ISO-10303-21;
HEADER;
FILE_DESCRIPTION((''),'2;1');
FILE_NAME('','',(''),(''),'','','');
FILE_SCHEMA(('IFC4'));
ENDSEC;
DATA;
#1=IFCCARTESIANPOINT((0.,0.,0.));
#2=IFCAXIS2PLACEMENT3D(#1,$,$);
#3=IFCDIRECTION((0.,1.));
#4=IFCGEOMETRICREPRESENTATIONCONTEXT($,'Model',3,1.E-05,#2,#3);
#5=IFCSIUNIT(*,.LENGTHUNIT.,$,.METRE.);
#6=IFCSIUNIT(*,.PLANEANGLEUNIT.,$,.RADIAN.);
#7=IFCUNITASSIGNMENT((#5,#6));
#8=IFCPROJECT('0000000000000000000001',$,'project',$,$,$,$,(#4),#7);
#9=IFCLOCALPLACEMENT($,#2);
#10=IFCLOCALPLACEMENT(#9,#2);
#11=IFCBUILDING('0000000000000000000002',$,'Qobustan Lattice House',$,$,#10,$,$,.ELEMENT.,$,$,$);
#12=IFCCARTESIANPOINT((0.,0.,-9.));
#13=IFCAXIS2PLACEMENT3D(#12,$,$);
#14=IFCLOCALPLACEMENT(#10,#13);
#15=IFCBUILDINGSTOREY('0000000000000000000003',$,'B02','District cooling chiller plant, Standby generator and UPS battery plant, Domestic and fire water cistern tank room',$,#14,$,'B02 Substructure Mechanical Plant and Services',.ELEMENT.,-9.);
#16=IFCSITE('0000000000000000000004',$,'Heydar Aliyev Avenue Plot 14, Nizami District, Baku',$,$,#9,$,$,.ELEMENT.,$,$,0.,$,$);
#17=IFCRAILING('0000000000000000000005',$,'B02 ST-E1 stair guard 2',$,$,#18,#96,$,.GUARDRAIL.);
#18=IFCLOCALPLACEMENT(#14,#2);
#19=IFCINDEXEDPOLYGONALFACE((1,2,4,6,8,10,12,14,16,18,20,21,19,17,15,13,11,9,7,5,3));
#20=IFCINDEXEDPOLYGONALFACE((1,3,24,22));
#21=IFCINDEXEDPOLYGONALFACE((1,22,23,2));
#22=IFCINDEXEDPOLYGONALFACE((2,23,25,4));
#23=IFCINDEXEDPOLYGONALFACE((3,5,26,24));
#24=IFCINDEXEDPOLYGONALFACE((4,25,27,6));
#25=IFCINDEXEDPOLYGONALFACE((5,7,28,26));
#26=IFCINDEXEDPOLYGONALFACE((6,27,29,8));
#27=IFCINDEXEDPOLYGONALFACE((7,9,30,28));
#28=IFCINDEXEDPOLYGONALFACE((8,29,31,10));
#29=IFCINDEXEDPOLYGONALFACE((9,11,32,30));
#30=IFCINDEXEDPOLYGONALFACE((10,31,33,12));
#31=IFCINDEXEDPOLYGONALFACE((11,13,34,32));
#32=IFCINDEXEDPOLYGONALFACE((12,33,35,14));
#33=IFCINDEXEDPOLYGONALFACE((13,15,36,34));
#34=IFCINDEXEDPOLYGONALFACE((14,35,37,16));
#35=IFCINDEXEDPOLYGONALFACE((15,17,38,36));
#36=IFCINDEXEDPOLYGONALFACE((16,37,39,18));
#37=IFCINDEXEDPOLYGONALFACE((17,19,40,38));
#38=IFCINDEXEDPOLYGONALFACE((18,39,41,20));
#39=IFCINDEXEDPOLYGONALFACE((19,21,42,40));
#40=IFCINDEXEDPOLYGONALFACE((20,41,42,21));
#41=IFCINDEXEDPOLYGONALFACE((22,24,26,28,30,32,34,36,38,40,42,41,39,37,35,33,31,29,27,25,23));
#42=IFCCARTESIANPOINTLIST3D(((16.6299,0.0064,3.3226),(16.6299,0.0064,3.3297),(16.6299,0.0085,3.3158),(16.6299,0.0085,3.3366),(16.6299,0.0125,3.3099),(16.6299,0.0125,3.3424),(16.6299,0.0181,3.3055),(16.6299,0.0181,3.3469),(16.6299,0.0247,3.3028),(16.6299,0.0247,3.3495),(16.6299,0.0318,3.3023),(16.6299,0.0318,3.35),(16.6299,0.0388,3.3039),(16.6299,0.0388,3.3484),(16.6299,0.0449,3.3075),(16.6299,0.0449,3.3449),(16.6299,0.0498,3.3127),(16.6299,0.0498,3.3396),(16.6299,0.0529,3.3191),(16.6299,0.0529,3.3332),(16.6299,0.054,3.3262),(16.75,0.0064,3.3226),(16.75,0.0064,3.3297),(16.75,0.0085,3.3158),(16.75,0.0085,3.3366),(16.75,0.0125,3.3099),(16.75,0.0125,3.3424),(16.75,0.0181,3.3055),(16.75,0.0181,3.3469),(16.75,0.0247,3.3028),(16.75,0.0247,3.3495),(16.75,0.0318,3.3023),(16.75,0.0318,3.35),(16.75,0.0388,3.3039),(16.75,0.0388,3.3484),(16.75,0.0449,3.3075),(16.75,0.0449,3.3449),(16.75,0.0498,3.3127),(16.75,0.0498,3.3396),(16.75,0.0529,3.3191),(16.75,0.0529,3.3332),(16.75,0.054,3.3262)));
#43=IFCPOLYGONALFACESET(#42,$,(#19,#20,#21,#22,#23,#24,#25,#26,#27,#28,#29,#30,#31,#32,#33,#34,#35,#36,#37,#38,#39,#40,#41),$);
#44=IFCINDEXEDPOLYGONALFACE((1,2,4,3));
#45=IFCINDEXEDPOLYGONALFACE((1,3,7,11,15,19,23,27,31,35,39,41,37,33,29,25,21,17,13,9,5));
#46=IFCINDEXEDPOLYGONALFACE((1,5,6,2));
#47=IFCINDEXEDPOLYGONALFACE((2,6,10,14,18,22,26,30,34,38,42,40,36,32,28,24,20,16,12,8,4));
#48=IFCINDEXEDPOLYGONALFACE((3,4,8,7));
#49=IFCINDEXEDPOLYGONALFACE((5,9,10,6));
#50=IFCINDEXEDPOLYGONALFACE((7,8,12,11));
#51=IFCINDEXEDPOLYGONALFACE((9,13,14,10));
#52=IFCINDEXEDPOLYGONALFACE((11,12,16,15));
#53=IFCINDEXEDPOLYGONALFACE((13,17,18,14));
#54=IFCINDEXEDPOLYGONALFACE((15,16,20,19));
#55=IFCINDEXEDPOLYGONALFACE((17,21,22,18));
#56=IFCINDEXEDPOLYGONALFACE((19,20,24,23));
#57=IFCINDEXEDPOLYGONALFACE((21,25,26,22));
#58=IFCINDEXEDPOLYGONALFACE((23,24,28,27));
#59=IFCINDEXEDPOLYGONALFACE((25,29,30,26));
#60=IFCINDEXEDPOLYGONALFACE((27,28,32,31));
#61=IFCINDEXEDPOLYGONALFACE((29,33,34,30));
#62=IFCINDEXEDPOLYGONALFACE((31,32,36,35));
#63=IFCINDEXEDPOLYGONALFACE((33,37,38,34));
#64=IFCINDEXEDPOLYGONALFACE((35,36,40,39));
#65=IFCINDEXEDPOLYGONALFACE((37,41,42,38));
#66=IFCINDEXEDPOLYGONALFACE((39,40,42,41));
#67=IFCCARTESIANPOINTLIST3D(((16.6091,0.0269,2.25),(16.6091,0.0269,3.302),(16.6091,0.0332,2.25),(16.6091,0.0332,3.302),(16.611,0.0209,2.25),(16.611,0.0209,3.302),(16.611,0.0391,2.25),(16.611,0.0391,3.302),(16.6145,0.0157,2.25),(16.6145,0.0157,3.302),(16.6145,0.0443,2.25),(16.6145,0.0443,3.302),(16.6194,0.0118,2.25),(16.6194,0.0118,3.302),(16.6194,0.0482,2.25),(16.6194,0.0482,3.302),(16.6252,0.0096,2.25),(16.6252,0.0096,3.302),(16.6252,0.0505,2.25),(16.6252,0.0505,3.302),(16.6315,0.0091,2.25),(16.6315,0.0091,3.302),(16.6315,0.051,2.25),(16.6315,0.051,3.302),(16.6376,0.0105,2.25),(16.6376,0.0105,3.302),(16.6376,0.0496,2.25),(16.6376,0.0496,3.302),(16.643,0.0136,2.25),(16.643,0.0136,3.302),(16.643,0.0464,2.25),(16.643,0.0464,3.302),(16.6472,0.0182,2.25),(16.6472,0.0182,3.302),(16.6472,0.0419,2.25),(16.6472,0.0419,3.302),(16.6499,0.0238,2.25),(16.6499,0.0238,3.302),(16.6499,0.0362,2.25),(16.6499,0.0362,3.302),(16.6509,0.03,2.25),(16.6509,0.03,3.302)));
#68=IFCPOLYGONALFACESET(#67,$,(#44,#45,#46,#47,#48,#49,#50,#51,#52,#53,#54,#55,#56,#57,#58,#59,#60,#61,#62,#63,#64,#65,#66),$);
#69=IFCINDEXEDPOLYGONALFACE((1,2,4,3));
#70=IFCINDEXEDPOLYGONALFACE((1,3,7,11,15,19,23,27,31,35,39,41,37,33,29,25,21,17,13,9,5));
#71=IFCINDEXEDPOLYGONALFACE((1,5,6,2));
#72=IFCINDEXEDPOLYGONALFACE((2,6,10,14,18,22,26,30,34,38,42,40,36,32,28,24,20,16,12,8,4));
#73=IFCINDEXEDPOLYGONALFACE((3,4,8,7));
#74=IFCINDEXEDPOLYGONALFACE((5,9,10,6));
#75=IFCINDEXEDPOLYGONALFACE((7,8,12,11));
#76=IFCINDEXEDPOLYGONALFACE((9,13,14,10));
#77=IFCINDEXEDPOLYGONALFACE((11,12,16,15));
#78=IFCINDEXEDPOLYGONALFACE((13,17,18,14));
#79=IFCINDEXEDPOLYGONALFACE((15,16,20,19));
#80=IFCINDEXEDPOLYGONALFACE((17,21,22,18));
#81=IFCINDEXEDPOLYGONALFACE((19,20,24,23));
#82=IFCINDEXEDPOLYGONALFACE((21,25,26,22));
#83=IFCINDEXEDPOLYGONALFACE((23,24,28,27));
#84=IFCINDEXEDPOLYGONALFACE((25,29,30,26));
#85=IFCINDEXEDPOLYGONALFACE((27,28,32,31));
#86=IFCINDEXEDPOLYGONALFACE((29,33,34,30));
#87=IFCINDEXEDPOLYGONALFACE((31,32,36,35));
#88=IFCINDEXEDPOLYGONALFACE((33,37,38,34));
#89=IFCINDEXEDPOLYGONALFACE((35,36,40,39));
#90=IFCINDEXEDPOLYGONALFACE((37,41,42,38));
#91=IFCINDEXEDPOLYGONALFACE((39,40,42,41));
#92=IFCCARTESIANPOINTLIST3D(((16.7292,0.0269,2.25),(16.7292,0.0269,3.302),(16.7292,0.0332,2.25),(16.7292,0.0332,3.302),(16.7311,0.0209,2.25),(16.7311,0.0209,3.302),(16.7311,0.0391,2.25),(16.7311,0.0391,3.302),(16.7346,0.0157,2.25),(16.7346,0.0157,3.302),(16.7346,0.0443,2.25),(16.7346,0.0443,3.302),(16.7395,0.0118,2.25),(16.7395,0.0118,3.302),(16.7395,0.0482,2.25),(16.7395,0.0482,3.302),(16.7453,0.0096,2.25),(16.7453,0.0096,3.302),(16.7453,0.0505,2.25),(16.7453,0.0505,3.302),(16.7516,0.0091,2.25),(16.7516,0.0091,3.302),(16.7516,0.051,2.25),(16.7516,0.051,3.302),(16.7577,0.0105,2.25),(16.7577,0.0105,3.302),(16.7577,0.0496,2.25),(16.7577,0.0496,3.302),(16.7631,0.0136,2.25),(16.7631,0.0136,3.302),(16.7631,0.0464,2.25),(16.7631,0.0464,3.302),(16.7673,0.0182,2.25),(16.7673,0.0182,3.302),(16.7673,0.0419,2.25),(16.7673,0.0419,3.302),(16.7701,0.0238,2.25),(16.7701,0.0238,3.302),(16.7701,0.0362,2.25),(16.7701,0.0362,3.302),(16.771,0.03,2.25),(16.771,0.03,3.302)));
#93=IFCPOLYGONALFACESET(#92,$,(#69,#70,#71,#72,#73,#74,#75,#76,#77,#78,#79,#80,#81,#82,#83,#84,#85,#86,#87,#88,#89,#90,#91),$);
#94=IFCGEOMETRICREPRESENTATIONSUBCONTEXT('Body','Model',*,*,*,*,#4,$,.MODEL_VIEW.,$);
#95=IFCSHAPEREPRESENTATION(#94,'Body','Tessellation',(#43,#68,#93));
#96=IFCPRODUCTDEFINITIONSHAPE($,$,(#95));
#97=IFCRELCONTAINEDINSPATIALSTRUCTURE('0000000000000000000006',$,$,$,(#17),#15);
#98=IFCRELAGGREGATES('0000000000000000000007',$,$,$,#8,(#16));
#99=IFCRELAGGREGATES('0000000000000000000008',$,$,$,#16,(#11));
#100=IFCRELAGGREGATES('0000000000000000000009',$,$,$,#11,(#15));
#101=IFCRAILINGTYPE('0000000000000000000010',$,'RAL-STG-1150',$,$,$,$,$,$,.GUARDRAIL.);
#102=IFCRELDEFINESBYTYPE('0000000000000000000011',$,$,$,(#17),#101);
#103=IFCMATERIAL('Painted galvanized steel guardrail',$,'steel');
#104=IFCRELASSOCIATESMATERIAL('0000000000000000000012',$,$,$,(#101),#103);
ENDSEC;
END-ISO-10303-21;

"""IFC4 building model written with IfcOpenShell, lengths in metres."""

from ifc_helpers import new_model, si_unit, direction, frame, origin, origin_2d, place, context, subcontext, project, spatial, circle, extrude, material, type_object, element, save


model = new_model("IFC4")

# Units and contexts
model_context = context("Model", 3, precision=1e-05, world=origin(), true_north=direction((0.0, 1.0)))
body_context = subcontext(model_context, "Body", "Model", "MODEL_VIEW")
ifc_project = project(units=[si_unit("LENGTHUNIT", "METRE"), si_unit("PLANEANGLEUNIT", "RADIAN")], contexts=[model_context])

# Site, building, storey
site_placement = place(None, origin())
site = spatial("IfcSite", under=ifc_project, at=site_placement, Name="Heydar Aliyev Avenue Plot 14, Nizami District, Baku", CompositionType="ELEMENT", RefElevation=0.0)
building_placement = place(site_placement, origin())
building = spatial("IfcBuilding", under=site, at=building_placement, Name="Qobustan Lattice House", CompositionType="ELEMENT")
storey_placement = place(building_placement, frame((0.0, 0.0, -9.0)))
storey = spatial("IfcBuildingStorey", under=building, at=storey_placement, Name="B02", Description="District cooling chiller plant, Standby generator and UPS battery plant, Domestic and fire water cistern tank room", LongName="B02 Substructure Mechanical Plant and Services", CompositionType="ELEMENT", Elevation=-9.0)

# Railing
ifc_material_1 = material(Name="Painted galvanized steel guardrail", Category="steel")
railing_type_1 = type_object("IfcRailingType", Name="RAL-STG-1150", PredefinedType="GUARDRAIL", material=ifc_material_1)
railing_1_placement = place(storey_placement, frame((16.6299, 0.03, 2.25)))
element("IfcRailing", 1, at=railing_1_placement, inside=storey, type_object=railing_type_1, Name="B02 ST-E1 stair guard 2", PredefinedType="GUARDRAIL", context=body_context, shape_type="SweptSolid", body=[
    extrude(circle(Radius=0.0239, at=origin_2d()), frame((0.0, 0.0, 1.0762), z_axis=(1.0, 0.0, 0.0), x_axis=(0.0, 1.0, 0.0)), (0.0, 0.0, 1.0), 0.1201),
    extrude(circle(Radius=0.021, at=origin_2d()), origin(), (0.0, 0.0, 1.0), 1.052),
    extrude(circle(Radius=0.021, at=origin_2d()), frame((0.1201, 0.0, 0.0)), (0.0, 0.0, 1.0), 1.052),
])

save(model, "model.ifc")
